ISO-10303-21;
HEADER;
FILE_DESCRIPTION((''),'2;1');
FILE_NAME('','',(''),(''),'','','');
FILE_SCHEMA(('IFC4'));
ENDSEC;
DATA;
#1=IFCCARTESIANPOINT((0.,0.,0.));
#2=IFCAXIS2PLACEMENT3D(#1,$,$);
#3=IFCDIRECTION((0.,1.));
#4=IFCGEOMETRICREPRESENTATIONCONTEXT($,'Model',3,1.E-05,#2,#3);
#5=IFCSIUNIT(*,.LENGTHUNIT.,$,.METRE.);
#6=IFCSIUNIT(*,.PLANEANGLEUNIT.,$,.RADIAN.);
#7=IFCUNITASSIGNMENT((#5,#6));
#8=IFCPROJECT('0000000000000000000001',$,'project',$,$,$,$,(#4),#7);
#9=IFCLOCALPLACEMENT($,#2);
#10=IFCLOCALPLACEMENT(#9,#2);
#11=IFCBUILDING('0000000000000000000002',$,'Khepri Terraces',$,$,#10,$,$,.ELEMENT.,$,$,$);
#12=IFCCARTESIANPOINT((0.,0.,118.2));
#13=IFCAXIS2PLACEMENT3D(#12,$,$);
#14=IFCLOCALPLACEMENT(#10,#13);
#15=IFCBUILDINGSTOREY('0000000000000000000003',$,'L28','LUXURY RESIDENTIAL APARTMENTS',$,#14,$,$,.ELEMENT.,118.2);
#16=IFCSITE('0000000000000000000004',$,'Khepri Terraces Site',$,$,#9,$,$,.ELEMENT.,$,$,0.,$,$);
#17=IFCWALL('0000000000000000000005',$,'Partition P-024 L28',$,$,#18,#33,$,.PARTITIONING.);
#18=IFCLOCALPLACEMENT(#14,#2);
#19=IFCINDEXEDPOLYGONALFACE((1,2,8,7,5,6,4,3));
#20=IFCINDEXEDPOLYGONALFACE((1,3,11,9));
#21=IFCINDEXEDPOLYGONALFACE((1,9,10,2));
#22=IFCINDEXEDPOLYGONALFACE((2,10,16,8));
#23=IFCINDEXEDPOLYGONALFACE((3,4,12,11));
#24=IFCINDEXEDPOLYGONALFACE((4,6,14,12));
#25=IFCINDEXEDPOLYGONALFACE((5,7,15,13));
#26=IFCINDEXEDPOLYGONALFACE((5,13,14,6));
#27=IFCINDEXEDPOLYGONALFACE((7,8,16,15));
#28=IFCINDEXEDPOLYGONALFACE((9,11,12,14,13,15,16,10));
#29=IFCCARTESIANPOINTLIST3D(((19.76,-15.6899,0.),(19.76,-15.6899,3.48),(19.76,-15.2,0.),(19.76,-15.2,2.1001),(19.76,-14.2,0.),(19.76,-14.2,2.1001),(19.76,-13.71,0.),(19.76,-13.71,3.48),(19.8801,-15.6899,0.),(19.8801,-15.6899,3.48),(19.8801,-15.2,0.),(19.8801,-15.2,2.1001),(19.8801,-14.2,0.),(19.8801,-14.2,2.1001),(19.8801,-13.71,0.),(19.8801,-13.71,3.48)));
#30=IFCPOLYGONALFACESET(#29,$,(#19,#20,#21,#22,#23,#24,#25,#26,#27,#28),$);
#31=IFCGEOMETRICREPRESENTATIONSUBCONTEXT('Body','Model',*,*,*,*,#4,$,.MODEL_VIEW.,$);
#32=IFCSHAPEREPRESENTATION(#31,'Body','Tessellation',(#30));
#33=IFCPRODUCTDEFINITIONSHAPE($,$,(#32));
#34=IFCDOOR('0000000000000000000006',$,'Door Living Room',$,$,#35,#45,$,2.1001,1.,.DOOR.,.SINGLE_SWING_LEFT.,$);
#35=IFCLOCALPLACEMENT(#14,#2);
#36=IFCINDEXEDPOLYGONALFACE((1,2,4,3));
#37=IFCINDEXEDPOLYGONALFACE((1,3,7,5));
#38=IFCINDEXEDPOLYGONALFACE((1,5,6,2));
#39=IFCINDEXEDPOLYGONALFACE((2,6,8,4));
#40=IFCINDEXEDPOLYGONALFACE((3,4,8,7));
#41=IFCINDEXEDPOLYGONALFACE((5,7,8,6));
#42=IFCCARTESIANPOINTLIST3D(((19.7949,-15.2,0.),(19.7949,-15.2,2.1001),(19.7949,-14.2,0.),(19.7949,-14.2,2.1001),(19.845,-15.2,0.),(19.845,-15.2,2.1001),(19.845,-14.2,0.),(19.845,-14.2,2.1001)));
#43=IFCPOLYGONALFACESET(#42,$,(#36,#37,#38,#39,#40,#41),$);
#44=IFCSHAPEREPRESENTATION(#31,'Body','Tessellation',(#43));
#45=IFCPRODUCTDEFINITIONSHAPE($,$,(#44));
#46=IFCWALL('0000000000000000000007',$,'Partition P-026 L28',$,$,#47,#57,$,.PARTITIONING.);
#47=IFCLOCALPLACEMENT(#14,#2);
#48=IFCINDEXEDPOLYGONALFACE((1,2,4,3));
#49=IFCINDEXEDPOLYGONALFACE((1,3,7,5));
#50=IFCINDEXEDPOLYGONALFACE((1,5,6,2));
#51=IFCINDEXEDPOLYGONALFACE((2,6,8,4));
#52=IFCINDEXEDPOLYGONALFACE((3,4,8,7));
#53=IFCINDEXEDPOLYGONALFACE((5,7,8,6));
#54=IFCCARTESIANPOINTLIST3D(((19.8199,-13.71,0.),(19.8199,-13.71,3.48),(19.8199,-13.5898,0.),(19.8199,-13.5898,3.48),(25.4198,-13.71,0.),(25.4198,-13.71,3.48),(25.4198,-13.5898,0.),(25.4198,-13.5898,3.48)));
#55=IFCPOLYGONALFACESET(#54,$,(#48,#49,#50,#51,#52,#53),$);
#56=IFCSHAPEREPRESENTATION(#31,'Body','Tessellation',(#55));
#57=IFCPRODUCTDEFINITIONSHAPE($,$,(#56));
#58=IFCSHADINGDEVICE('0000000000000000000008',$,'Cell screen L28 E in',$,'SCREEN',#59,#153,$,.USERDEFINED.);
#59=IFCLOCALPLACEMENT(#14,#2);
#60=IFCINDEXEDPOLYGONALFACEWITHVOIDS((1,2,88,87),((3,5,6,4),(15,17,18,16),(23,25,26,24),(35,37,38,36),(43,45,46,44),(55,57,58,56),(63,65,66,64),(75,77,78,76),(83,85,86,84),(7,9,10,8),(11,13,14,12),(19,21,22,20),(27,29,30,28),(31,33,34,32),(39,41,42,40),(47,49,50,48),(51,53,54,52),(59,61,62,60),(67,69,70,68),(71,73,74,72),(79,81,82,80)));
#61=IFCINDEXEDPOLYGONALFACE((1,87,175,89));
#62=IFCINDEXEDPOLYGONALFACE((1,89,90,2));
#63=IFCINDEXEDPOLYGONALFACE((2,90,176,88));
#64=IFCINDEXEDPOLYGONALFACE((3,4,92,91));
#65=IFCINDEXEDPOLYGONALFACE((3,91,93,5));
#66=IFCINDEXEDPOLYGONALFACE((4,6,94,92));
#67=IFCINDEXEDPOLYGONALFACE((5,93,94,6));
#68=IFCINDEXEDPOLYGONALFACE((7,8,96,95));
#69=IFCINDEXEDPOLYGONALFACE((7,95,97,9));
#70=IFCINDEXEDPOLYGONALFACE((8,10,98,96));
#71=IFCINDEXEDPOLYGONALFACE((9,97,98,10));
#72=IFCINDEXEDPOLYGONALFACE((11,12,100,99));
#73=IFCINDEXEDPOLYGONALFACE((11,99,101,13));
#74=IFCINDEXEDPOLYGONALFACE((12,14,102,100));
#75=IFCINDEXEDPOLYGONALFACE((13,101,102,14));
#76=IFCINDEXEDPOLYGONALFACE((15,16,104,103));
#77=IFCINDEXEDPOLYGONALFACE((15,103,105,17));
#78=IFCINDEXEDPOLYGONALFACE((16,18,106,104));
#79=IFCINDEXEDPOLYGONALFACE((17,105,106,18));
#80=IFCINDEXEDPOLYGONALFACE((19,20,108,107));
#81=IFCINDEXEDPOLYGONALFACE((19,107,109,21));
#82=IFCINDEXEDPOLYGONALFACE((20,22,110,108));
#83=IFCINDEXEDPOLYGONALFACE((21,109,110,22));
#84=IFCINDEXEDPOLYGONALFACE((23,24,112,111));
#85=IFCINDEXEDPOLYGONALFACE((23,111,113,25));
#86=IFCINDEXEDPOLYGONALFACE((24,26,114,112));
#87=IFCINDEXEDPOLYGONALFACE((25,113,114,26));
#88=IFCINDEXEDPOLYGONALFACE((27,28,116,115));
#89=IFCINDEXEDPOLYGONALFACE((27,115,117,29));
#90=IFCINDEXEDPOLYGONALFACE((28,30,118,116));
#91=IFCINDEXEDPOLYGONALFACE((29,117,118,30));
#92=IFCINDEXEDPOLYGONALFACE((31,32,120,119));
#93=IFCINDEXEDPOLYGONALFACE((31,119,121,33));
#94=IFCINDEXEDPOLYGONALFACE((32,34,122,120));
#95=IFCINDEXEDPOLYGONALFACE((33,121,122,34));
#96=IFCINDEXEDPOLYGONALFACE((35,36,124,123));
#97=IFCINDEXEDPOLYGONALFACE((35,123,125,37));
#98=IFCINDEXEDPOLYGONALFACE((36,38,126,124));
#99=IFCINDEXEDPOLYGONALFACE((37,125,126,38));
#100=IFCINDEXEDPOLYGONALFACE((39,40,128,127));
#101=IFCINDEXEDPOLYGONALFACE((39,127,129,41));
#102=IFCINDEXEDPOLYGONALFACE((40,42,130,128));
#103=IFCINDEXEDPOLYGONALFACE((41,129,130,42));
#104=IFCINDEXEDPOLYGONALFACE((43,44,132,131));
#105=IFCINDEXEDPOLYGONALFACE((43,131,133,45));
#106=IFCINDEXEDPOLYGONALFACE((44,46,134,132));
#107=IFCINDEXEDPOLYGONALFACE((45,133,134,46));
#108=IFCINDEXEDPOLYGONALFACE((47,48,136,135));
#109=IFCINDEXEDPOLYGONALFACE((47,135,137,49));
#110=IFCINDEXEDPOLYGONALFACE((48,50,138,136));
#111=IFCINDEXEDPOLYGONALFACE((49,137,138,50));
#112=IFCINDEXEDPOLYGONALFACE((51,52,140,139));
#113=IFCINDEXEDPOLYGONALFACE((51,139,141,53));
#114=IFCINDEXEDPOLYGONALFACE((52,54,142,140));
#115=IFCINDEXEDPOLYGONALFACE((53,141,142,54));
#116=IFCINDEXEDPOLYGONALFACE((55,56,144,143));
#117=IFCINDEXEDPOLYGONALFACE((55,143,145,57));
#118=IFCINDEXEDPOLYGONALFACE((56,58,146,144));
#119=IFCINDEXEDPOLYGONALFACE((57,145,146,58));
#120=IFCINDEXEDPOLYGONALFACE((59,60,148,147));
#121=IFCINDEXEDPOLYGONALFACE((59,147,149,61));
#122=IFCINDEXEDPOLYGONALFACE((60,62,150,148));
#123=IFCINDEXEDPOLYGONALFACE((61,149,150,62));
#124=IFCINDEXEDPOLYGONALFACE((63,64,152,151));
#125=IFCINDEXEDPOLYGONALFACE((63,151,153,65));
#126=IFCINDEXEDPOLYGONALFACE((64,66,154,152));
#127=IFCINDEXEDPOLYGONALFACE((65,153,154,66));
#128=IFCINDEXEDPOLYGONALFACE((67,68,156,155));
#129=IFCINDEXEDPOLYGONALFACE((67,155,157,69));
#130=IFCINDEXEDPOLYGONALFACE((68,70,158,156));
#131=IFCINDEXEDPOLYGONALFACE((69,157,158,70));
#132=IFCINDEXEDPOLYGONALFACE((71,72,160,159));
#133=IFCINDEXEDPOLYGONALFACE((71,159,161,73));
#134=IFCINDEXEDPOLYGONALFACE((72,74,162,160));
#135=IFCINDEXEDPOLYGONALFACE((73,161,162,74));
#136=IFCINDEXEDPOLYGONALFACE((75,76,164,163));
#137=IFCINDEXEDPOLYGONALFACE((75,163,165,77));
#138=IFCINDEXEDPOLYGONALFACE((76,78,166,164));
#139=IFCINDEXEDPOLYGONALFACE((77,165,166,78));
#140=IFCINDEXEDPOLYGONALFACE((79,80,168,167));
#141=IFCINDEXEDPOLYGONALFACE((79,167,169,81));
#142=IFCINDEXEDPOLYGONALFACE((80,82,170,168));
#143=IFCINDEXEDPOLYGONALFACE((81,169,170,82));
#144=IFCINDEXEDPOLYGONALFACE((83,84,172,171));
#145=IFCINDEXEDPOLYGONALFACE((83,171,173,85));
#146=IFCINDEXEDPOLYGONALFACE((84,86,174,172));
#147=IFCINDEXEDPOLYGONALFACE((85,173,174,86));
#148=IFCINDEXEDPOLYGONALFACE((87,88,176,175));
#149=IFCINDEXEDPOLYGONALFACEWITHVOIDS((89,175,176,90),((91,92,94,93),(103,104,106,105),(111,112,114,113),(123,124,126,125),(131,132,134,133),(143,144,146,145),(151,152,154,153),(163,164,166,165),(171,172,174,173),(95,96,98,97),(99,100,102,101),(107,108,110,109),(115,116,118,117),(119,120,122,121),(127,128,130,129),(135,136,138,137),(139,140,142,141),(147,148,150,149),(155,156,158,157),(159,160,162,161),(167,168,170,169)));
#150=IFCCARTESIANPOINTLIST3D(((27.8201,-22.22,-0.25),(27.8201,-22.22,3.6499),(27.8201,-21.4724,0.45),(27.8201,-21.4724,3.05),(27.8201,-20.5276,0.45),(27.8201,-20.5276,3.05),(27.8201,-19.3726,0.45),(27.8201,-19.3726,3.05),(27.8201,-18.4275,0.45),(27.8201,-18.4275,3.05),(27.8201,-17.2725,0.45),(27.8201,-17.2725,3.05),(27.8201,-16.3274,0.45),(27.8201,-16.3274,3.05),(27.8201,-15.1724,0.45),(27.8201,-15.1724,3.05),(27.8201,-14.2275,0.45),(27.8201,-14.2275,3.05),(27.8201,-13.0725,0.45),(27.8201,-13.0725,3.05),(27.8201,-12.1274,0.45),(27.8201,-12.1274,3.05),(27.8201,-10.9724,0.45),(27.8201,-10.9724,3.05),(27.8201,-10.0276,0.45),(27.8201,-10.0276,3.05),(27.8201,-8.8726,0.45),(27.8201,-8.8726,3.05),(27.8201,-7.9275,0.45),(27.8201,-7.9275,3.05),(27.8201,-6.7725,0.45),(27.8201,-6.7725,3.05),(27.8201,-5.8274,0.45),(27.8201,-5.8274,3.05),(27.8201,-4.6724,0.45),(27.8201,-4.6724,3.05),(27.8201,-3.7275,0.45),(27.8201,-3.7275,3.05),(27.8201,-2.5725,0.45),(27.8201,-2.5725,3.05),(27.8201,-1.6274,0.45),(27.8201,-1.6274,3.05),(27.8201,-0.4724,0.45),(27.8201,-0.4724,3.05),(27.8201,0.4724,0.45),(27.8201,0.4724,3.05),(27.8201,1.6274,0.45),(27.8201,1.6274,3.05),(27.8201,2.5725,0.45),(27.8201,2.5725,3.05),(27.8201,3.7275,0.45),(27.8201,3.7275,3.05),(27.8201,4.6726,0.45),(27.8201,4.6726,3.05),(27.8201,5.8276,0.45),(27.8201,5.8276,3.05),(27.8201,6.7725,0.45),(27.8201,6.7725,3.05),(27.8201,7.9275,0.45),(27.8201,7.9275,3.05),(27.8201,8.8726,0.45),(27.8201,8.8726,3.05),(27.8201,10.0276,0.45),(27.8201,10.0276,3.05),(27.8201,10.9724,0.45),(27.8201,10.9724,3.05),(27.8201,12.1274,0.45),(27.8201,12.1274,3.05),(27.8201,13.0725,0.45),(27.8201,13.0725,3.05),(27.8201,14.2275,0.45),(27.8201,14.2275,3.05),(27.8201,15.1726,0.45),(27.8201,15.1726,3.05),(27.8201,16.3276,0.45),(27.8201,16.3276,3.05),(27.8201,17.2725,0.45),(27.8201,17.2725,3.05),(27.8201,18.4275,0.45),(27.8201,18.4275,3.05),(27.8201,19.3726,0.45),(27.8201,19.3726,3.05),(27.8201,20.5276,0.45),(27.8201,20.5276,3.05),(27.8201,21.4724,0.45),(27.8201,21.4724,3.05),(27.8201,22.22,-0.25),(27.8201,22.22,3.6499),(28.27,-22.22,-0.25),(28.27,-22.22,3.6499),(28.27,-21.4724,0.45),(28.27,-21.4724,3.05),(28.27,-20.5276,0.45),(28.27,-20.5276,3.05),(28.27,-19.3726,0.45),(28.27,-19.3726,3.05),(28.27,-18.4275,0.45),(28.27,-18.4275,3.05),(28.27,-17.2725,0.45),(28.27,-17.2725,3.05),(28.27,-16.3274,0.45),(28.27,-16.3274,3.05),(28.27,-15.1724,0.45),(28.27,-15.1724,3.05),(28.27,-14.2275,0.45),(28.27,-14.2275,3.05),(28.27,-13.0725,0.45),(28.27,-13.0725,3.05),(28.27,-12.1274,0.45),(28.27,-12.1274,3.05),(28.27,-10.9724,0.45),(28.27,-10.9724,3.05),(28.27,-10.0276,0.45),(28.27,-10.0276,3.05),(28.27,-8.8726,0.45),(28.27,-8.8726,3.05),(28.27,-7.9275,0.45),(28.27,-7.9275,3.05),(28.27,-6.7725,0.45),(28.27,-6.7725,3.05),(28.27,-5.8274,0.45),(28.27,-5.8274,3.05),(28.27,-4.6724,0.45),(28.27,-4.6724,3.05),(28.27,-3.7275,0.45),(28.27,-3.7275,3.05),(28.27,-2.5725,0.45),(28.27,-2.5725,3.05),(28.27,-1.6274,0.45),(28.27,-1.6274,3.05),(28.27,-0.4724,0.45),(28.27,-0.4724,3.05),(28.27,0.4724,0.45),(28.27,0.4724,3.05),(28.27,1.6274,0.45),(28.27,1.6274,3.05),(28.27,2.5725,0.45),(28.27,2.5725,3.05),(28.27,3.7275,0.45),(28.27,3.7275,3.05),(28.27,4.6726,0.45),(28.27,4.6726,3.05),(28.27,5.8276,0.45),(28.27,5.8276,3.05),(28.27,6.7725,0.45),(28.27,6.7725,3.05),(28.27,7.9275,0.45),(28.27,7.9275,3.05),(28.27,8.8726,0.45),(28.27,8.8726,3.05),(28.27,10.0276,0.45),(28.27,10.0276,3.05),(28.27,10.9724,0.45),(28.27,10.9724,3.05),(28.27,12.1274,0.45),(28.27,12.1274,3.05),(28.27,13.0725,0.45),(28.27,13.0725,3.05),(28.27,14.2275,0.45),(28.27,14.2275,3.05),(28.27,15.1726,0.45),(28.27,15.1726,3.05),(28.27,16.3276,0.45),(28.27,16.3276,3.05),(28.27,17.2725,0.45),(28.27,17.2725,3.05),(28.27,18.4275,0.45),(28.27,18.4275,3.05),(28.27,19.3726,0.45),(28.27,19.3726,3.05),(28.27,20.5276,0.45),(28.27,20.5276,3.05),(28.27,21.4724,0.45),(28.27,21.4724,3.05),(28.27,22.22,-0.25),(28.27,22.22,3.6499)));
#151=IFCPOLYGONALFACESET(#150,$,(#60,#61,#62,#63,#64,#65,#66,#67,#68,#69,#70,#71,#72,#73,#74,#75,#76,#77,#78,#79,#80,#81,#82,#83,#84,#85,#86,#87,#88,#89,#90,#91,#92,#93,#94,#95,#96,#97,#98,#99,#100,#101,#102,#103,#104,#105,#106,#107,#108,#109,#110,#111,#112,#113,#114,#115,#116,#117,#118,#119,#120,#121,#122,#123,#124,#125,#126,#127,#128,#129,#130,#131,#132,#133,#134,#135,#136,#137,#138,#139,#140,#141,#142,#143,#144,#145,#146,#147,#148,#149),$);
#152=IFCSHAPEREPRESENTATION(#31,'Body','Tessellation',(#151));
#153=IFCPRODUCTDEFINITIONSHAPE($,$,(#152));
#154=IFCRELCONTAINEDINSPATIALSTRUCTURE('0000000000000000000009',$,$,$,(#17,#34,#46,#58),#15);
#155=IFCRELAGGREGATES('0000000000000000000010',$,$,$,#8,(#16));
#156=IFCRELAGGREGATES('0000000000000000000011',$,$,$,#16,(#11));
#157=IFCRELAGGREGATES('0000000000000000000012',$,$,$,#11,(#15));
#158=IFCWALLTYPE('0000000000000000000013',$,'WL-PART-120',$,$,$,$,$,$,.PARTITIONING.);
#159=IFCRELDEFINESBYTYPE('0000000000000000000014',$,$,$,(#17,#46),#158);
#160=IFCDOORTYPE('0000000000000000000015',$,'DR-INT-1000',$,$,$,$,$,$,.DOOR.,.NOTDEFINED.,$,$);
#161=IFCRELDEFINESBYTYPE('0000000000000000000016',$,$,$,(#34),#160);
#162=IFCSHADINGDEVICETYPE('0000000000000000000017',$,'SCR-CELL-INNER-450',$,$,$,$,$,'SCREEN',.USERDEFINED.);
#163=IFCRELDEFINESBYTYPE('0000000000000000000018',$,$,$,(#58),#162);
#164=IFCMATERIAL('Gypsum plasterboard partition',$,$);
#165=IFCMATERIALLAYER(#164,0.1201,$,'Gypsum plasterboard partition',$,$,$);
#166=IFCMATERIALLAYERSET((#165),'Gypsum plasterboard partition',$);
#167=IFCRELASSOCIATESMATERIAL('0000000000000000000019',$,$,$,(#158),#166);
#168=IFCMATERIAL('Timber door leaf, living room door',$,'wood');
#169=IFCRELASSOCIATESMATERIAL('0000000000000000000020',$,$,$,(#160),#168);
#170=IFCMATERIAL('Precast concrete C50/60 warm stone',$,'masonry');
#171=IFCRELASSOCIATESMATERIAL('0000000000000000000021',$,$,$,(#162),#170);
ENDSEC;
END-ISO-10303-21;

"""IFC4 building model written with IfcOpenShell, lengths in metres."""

from ifc_helpers import new_model, si_unit, direction, frame, frame_2d, origin, place, context, subcontext, project, spatial, polyline, rectangle, outline, extrude, material, layer, layer_set, type_object, element, fill, save


model = new_model("IFC4")

# Units and contexts
model_context = context("Model", 3, precision=1e-05, world=origin(), true_north=direction((0.0, 1.0)))
body_context = subcontext(model_context, "Body", "Model", "MODEL_VIEW")
ifc_project = project(units=[si_unit("LENGTHUNIT", "METRE"), si_unit("PLANEANGLEUNIT", "RADIAN")], contexts=[model_context])

# Site, building, storey
site_placement = place(None, origin())
site = spatial("IfcSite", under=ifc_project, at=site_placement, Name="Khepri Terraces Site", CompositionType="ELEMENT", RefElevation=0.0)
building_placement = place(site_placement, origin())
building = spatial("IfcBuilding", under=site, at=building_placement, Name="Khepri Terraces", CompositionType="ELEMENT")
storey_placement = place(building_placement, frame((0.0, 0.0, 118.2)))
storey = spatial("IfcBuildingStorey", under=building, at=storey_placement, Name="L28", Description="LUXURY RESIDENTIAL APARTMENTS", CompositionType="ELEMENT", Elevation=118.2)

# Shared definitions
ifc_material_1 = material(Name="Precast concrete C50/60 warm stone", Category="masonry")

# Shared definitions
ifc_material_2 = material(Name="Gypsum plasterboard partition")
ifc_layer_1 = layer(ifc_material_2, 0.1201, Name="Gypsum plasterboard partition")
ifc_layer_set_1 = layer_set([ifc_layer_1], Name="Gypsum plasterboard partition")
wall_type_1 = type_object("IfcWallType", Name="WL-PART-120", PredefinedType="PARTITIONING", material=ifc_layer_set_1)

# Wall, opening, door
ifc_material_3 = material(Name="Timber door leaf, living room door", Category="wood")
door_type_1 = type_object("IfcDoorType", Name="DR-INT-1000", OperationType="NOTDEFINED", PredefinedType="DOOR", material=ifc_material_3)
wall_1_placement = place(storey_placement, frame((19.8201, -15.6899, 0.0), z_axis=(0.0, 0.0, 1.0), x_axis=(0.0, 1.0, 0.0)))
wall_1 = element("IfcWall", 1, at=wall_1_placement, inside=storey, type_object=wall_type_1, Name="Partition P-024 L28", PredefinedType="PARTITIONING", context=body_context, shape_type="SweptSolid", body=[
    extrude(rectangle(XDim=1.98, YDim=0.1201, at=frame_2d((0.99, 0.0))), origin(), (0.0, 0.0, 1.0), 3.48),
])
opening_1_placement = place(wall_1_placement, frame((0.49, 0.0, 0.0)))
opening_1 = element("IfcOpeningElement", 2, at=opening_1_placement, cuts=wall_1, PredefinedType="OPENING", context=body_context, shape_type="SweptSolid", body=[
    extrude(rectangle(XDim=1.0, YDim=2.1001, at=frame_2d((0.5, 1.05))), frame((0.0, 0.0701, 0.0), z_axis=(0.0, -1.0, 0.0), x_axis=(1.0, 0.0, 0.0)), (0.0, 0.0, 1.0), 0.1401),
])
door_1_placement = place(opening_1_placement, frame((1.0, 0.0, 0.0), z_axis=(0.0, 0.0, 1.0), x_axis=(-1.0, 0.0, 0.0)))
door_1 = element("IfcDoor", 3, at=door_1_placement, inside=storey, type_object=door_type_1, Name="Door Living Room", OperationType="SINGLE_SWING_LEFT", OverallHeight=2.1001, OverallWidth=1.0, PredefinedType="DOOR", context=body_context, shape_type="SweptSolid", body=[
    extrude(rectangle(XDim=1.0, YDim=2.1001, at=frame_2d((0.5, 1.05))), frame((0.0, 0.0249, 0.0), z_axis=(0.0, -1.0, 0.0), x_axis=(1.0, 0.0, 0.0)), (0.0, 0.0, 1.0), 0.05),
])
fill(opening_1, door_1)

# Wall
wall_2_placement = place(storey_placement, frame((19.8201, -13.6499, 0.0), z_axis=(0.0, 0.0, 1.0), x_axis=(1.0, 0.0, 0.0)))
element("IfcWall", 4, at=wall_2_placement, inside=storey, type_object=wall_type_1, Name="Partition P-026 L28", PredefinedType="PARTITIONING", context=body_context, shape_type="SweptSolid", body=[
    extrude(rectangle(XDim=5.5999, YDim=0.1201, at=frame_2d((2.7998, 0.0))), origin(), (0.0, 0.0, 1.0), 3.48),
])

# Shading device
shading_device_type_1 = type_object("IfcShadingDeviceType", Name="SCR-CELL-INNER-450", ElementType="SCREEN", PredefinedType="USERDEFINED", material=ifc_material_1)
shading_device_1_placement = place(storey_placement, frame((27.8201, -22.22, -0.25), z_axis=(1.0, 0.0, 0.0), x_axis=(0.0, 1.0, 0.0)))
element("IfcShadingDevice", 5, at=shading_device_1_placement, inside=storey, type_object=shading_device_type_1, Name="Cell screen L28 E in", ObjectType="SCREEN", PredefinedType="USERDEFINED", context=body_context, shape_type="SweptSolid", body=[
    extrude(outline(polyline([(0.0, 0.0), (44.4399, 0.0), (44.4399, 3.8999), (0.0, 3.8999), (0.0, 0.0)]), holes=[polyline([(0.7476, 0.7), (1.6924, 0.7), (1.6924, 3.3), (0.7476, 3.3), (0.7476, 0.7)]), polyline([(2.8474, 0.7), (3.7925, 0.7), (3.7925, 3.3), (2.8474, 3.3), (2.8474, 0.7)]), polyline([(4.9475, 0.7), (5.8926, 0.7), (5.8926, 3.3), (4.9475, 3.3), (4.9475, 0.7)]), polyline([(7.0476, 0.7), (7.9924, 0.7), (7.9924, 3.3), (7.0476, 3.3), (7.0476, 0.7)]), polyline([(9.1475, 0.7), (10.0925, 0.7), (10.0925, 3.3), (9.1475, 3.3), (9.1475, 0.7)]), polyline([(11.2476, 0.7), (12.1924, 0.7), (12.1924, 3.3), (11.2476, 3.3), (11.2476, 0.7)]), polyline([(13.3474, 0.7), (14.2925, 0.7), (14.2925, 3.3), (13.3474, 3.3), (13.3474, 0.7)]), polyline([(15.4475, 0.7), (16.3926, 0.7), (16.3926, 3.3), (15.4475, 3.3), (15.4475, 0.7)]), polyline([(17.5476, 0.7), (18.4924, 0.7), (18.4924, 3.3), (17.5476, 3.3), (17.5476, 0.7)]), polyline([(19.6475, 0.7), (20.5925, 0.7), (20.5925, 3.3), (19.6475, 3.3), (19.6475, 0.7)]), polyline([(21.7476, 0.7), (22.6924, 0.7), (22.6924, 3.3), (21.7476, 3.3), (21.7476, 0.7)]), polyline([(23.8474, 0.7), (24.7925, 0.7), (24.7925, 3.3), (23.8474, 3.3), (23.8474, 0.7)]), polyline([(25.9475, 0.7), (26.8926, 0.7), (26.8926, 3.3), (25.9475, 3.3), (25.9475, 0.7)]), polyline([(28.0476, 0.7), (28.9924, 0.7), (28.9924, 3.3), (28.0476, 3.3), (28.0476, 0.7)]), polyline([(30.1475, 0.7), (31.0925, 0.7), (31.0925, 3.3), (30.1475, 3.3), (30.1475, 0.7)]), polyline([(32.2476, 0.7), (33.1924, 0.7), (33.1924, 3.3), (32.2476, 3.3), (32.2476, 0.7)]), polyline([(34.3474, 0.7), (35.2925, 0.7), (35.2925, 3.3), (34.3474, 3.3), (34.3474, 0.7)]), polyline([(36.4475, 0.7), (37.3926, 0.7), (37.3926, 3.3), (36.4475, 3.3), (36.4475, 0.7)]), polyline([(38.5476, 0.7), (39.4924, 0.7), (39.4924, 3.3), (38.5476, 3.3), (38.5476, 0.7)]), polyline([(40.6475, 0.7), (41.5925, 0.7), (41.5925, 3.3), (40.6475, 3.3), (40.6475, 0.7)]), polyline([(42.7476, 0.7), (43.6924, 0.7), (43.6924, 3.3), (42.7476, 3.3), (42.7476, 0.7)])]), origin(), (0.0, 0.0, 1.0), 0.45),
])

save(model, "model.ifc")
